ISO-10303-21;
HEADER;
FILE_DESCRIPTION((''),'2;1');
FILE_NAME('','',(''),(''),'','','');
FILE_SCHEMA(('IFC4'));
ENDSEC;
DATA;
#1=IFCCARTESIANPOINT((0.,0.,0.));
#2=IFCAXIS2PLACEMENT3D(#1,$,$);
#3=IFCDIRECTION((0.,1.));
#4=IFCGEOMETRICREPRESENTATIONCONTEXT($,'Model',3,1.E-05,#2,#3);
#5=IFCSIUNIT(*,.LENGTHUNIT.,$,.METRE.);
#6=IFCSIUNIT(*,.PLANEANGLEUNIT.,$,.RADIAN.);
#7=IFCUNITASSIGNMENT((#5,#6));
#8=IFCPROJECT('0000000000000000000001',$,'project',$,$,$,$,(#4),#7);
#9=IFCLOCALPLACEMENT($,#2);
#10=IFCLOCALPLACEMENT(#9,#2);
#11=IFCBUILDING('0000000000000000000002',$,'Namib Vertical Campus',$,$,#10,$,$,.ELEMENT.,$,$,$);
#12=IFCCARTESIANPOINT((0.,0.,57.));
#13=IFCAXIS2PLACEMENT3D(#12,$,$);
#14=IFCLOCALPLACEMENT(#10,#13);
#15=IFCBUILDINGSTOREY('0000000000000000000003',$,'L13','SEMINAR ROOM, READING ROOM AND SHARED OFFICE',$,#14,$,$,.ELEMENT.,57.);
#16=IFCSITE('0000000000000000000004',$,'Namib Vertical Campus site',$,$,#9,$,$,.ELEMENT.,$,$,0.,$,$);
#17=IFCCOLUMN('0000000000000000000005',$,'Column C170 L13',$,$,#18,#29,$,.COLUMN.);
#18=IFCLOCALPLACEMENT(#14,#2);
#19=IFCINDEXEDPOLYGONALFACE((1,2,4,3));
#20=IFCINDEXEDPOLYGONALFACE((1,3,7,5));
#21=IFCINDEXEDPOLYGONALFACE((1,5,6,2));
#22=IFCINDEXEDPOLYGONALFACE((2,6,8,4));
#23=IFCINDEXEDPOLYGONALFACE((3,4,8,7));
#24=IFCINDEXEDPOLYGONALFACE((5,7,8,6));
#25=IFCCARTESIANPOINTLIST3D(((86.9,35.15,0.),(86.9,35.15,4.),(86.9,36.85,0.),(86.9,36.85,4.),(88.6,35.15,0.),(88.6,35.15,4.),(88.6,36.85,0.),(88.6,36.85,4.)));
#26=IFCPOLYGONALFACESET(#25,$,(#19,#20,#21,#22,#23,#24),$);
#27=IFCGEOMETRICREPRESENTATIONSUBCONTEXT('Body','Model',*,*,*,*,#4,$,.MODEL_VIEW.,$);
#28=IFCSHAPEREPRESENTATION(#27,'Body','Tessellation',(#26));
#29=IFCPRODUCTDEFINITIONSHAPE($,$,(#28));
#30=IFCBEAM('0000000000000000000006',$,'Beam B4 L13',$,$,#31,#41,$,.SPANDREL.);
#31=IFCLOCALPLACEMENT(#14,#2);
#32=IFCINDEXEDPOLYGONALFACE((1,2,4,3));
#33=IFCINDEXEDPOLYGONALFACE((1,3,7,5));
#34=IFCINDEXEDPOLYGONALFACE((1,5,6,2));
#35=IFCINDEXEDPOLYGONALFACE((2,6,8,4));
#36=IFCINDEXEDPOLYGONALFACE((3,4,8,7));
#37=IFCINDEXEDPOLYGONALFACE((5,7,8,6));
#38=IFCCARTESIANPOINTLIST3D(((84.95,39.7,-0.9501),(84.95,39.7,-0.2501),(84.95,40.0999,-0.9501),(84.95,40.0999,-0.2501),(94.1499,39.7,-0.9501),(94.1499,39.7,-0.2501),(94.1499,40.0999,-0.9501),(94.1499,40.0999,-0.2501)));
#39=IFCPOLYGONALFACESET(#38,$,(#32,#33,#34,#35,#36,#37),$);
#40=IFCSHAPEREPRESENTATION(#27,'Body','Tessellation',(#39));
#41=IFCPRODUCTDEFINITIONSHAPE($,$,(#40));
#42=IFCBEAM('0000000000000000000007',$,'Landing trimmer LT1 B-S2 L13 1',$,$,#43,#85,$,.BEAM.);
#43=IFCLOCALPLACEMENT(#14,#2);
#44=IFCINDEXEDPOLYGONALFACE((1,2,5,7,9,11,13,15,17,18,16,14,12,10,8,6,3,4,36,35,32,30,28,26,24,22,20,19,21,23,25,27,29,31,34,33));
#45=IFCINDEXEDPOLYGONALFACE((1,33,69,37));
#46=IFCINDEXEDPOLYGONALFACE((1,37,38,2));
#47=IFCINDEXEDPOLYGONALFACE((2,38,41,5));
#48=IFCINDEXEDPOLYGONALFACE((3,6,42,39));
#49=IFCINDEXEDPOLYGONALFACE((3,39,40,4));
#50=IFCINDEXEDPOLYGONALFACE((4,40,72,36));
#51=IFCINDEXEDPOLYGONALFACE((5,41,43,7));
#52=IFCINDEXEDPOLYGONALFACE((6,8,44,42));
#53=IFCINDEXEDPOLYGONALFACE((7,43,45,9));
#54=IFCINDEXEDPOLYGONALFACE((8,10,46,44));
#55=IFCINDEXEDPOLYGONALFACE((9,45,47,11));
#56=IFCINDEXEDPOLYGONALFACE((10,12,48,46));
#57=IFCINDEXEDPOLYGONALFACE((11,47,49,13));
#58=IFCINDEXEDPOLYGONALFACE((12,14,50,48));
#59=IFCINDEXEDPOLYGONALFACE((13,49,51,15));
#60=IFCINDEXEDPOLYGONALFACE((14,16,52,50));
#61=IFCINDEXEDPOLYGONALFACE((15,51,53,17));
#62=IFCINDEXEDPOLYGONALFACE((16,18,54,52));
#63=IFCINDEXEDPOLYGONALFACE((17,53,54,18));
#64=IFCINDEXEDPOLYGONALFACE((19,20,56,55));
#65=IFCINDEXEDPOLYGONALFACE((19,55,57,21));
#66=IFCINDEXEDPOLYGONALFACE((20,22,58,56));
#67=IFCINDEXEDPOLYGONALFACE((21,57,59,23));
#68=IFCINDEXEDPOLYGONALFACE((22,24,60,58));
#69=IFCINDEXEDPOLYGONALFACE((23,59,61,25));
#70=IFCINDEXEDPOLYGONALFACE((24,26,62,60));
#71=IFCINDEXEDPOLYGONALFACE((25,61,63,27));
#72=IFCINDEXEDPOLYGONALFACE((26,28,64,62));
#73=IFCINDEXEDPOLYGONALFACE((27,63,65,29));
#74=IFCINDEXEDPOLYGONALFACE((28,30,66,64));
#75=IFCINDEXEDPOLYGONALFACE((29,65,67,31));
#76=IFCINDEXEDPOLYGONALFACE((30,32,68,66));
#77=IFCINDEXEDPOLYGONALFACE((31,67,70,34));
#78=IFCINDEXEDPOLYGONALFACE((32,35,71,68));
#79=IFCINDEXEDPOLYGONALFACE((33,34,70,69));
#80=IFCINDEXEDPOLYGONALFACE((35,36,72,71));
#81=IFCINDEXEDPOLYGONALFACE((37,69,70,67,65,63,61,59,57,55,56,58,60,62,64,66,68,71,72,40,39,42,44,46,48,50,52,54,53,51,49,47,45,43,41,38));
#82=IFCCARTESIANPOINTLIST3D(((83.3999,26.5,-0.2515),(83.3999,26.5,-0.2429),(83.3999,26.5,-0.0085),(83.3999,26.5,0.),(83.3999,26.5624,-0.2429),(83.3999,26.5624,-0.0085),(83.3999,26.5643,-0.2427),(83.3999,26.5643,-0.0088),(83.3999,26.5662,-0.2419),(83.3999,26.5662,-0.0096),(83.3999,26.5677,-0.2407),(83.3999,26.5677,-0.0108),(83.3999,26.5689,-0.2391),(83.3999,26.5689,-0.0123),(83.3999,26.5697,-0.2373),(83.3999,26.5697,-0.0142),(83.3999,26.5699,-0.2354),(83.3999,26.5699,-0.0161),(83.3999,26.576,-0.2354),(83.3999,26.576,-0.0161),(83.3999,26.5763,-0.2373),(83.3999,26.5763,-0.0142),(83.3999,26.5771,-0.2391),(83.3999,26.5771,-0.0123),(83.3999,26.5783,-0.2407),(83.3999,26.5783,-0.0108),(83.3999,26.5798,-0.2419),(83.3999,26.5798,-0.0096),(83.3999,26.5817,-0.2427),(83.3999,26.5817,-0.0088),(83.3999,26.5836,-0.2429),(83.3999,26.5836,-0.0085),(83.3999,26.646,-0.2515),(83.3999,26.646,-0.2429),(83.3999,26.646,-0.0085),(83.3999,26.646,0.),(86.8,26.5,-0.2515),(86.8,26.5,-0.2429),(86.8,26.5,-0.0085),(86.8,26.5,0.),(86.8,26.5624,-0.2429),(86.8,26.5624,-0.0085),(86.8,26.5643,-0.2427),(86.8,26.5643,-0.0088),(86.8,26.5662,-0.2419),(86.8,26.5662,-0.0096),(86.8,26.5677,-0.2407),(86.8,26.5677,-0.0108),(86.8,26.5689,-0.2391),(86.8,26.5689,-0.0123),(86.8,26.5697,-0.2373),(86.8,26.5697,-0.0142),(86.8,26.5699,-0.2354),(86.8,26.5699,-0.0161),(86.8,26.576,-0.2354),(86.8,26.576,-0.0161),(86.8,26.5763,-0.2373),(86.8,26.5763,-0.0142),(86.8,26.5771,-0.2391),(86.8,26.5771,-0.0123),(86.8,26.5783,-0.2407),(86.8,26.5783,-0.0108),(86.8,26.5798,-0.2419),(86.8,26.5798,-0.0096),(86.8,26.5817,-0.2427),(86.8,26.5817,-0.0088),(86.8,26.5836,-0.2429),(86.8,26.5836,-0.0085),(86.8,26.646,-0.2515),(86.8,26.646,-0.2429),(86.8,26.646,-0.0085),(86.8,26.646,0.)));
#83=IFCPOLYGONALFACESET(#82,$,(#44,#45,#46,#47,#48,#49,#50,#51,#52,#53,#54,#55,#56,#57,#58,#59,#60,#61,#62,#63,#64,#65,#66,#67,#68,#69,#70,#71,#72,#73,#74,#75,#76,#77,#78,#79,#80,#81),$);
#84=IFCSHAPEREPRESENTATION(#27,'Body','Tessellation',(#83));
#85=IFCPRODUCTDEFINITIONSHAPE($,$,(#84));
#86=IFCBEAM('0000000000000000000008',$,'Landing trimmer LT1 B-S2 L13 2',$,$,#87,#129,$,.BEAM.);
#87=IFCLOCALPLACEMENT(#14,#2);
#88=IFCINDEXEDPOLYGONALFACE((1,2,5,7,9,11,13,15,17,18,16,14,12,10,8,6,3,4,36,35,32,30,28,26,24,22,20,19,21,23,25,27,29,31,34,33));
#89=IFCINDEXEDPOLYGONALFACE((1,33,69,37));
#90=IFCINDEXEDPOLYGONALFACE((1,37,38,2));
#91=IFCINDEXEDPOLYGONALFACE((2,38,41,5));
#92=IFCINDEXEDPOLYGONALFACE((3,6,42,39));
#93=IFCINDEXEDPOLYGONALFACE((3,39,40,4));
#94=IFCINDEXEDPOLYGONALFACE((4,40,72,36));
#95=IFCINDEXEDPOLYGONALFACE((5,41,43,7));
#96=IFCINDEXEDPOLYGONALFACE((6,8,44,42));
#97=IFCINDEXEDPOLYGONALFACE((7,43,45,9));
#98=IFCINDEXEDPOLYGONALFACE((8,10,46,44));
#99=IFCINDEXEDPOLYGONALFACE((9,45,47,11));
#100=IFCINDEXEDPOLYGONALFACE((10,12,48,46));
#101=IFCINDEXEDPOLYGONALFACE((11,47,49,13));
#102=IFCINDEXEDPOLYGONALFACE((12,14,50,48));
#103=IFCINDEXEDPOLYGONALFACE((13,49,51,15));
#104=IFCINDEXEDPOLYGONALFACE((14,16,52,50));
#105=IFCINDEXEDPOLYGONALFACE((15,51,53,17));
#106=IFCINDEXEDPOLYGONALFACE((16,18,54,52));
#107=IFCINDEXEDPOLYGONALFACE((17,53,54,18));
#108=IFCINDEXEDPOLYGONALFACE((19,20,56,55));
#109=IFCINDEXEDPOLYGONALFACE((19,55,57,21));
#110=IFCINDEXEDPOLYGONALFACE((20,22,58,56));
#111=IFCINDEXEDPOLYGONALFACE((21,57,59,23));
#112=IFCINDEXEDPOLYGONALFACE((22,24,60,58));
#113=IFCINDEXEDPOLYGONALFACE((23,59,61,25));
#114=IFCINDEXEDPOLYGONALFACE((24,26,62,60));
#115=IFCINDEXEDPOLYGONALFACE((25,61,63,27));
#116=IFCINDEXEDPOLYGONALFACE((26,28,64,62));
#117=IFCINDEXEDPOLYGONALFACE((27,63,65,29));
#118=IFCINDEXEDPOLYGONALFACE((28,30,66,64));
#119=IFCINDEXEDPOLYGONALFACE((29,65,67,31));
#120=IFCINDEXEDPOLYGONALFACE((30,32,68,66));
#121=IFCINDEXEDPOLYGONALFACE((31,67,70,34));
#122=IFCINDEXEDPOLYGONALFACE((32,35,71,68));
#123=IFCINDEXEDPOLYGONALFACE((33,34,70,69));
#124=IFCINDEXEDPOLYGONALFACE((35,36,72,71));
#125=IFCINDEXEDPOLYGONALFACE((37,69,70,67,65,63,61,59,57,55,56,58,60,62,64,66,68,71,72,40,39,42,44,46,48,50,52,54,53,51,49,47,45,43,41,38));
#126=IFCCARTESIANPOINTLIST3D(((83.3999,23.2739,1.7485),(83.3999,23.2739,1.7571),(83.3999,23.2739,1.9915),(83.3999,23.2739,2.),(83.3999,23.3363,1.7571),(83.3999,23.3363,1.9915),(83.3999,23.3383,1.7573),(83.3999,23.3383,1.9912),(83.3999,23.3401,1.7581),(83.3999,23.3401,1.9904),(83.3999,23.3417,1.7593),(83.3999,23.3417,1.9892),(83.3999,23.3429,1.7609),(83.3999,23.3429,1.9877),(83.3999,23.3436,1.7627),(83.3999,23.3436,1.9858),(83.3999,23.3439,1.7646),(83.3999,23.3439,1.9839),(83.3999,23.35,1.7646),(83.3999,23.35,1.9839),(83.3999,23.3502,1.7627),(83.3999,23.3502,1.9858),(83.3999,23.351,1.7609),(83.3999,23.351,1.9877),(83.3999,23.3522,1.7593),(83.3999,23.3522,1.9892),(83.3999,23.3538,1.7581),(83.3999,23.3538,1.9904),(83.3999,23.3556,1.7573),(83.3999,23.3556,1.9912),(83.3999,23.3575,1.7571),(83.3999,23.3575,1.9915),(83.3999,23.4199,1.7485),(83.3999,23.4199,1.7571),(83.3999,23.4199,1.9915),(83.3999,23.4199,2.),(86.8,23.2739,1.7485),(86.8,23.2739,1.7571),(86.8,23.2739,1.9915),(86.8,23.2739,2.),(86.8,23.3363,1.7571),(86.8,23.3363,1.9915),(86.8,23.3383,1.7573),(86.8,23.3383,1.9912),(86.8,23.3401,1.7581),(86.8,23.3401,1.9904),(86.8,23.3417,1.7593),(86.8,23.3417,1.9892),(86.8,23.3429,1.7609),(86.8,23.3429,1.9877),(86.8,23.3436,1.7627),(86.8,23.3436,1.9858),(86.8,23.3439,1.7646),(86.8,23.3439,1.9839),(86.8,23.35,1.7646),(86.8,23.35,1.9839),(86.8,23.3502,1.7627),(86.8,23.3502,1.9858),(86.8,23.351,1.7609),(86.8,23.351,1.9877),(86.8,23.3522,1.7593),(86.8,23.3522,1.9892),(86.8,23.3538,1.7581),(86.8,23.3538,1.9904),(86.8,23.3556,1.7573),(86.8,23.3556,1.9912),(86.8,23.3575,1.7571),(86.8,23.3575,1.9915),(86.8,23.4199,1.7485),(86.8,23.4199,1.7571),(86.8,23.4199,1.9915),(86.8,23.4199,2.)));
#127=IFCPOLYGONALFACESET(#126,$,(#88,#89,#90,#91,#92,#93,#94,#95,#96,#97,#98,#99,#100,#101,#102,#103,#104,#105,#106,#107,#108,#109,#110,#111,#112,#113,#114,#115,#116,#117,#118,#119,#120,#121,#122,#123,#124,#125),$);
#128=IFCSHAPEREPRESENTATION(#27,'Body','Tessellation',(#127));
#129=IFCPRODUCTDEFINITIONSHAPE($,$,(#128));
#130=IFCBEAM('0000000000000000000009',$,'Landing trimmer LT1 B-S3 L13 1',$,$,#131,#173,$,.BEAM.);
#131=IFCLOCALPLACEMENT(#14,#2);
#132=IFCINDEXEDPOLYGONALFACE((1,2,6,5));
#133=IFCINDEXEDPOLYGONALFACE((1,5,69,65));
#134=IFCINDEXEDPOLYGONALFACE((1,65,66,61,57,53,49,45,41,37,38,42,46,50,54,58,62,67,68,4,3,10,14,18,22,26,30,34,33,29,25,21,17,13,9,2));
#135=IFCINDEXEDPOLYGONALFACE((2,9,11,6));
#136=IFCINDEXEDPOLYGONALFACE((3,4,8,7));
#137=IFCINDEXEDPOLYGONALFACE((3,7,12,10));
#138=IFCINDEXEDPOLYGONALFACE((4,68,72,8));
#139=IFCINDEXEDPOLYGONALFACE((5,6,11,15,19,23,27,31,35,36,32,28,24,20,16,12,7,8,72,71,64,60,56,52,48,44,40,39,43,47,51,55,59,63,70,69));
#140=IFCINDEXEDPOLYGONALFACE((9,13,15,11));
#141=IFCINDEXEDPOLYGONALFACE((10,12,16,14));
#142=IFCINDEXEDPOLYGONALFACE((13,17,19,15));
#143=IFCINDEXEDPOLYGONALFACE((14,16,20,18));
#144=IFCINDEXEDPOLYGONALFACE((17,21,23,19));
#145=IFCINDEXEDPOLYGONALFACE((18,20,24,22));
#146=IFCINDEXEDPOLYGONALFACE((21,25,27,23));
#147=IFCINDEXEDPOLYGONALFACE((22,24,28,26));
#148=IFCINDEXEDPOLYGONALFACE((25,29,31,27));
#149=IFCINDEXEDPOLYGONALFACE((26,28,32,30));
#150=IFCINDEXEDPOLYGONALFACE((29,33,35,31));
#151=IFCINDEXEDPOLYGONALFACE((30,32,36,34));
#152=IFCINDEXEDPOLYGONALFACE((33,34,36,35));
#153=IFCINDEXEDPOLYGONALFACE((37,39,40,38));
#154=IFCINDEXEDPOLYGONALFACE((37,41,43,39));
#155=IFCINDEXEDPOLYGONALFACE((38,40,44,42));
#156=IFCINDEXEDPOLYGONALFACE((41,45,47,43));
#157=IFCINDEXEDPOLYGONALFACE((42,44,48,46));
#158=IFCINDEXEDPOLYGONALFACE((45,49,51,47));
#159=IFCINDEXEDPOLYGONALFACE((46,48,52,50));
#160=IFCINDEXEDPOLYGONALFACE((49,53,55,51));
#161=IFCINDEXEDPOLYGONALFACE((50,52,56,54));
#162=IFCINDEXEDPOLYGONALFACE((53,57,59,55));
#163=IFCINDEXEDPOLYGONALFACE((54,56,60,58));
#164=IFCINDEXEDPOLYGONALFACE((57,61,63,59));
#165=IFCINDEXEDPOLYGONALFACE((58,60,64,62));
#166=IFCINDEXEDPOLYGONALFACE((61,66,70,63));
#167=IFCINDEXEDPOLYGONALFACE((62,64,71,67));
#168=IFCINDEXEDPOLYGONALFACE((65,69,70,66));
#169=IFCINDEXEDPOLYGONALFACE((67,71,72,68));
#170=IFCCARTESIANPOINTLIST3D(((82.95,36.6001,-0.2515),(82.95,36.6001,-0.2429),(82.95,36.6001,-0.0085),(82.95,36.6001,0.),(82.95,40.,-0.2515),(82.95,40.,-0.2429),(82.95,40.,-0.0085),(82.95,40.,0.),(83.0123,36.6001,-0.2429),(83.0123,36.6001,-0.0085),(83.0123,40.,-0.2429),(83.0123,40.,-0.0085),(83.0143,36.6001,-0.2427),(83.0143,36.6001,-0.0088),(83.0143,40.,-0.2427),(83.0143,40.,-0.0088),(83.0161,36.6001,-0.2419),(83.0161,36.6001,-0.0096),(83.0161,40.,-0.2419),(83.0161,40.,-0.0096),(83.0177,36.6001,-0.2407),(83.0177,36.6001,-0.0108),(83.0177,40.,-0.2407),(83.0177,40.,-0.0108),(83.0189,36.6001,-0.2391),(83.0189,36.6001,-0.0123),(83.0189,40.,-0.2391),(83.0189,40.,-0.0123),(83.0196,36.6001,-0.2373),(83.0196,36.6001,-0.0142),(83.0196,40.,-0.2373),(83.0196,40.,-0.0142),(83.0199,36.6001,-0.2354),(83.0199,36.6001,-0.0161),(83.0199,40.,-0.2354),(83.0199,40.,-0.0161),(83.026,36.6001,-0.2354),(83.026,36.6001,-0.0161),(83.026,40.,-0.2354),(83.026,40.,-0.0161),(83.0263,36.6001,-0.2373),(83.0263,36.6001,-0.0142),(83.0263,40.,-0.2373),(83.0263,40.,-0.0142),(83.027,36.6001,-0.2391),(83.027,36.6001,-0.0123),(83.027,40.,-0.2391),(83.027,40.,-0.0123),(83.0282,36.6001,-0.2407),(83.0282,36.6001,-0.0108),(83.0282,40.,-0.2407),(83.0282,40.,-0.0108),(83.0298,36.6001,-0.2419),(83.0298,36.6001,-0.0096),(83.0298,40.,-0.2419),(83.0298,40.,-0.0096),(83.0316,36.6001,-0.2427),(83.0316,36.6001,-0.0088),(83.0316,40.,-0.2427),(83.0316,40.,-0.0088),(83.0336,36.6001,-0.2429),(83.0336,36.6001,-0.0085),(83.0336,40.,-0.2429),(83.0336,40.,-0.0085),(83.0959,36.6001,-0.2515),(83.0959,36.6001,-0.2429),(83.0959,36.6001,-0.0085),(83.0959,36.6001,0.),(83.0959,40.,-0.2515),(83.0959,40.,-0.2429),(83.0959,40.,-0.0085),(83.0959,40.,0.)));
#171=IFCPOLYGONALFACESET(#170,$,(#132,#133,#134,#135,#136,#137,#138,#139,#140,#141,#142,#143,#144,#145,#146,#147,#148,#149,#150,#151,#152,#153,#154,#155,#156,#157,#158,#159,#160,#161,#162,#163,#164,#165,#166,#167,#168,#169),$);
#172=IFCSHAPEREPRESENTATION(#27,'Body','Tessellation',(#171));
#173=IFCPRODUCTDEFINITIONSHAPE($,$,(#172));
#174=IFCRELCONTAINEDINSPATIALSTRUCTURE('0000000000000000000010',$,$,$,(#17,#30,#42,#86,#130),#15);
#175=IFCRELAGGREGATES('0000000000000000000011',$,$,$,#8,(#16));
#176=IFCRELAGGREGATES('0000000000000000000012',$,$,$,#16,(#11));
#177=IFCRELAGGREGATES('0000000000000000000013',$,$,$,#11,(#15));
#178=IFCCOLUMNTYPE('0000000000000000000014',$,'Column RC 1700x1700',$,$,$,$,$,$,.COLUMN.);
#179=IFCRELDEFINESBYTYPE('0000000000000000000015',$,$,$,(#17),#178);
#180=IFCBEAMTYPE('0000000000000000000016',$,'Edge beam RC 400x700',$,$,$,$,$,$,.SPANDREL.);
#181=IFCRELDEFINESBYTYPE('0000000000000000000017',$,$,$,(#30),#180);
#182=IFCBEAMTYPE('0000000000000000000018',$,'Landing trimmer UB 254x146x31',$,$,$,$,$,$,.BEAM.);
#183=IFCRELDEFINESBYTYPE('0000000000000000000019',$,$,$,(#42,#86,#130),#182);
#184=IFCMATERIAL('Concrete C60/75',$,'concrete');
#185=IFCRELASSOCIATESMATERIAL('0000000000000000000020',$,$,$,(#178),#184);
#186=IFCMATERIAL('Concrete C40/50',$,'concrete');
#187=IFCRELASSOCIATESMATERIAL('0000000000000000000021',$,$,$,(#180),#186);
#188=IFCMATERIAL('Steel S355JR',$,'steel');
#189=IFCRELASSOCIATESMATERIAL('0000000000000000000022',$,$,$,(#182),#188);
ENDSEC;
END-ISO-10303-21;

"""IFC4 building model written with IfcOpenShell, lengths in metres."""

from ifc_helpers import new_model, si_unit, direction, frame, origin, origin_2d, place, context, subcontext, project, spatial, rectangle, i_section, extrude, material, material_profile, profile_set, type_object, element, save


model = new_model("IFC4")

# Units and contexts
model_context = context("Model", 3, precision=1e-05, world=origin(), true_north=direction((0.0, 1.0)))
body_context = subcontext(model_context, "Body", "Model", "MODEL_VIEW")
ifc_project = project(units=[si_unit("LENGTHUNIT", "METRE"), si_unit("PLANEANGLEUNIT", "RADIAN")], contexts=[model_context])

# Site, building, storey
site_placement = place(None, origin())
site = spatial("IfcSite", under=ifc_project, at=site_placement, Name="Namib Vertical Campus site", CompositionType="ELEMENT", RefElevation=0.0)
building_placement = place(site_placement, origin())
building = spatial("IfcBuilding", under=site, at=building_placement, Name="Namib Vertical Campus", CompositionType="ELEMENT")
storey_placement = place(building_placement, frame((0.0, 0.0, 57.0)))
storey = spatial("IfcBuildingStorey", under=building, at=storey_placement, Name="L13", Description="SEMINAR ROOM, READING ROOM AND SHARED OFFICE", CompositionType="ELEMENT", Elevation=57.0)

# Column
ifc_material_1 = material(Name="Concrete C60/75", Category="concrete")
ifc_material_profile_1 = material_profile(ifc_material_1, rectangle(XDim=1.7, YDim=1.7, at=origin_2d()))
ifc_profile_set_1 = profile_set([ifc_material_profile_1], Name="Concrete C60/75")
column_type = type_object("IfcColumnType", Name="Column RC 1700x1700", PredefinedType="COLUMN", material=ifc_profile_set_1)
column_placement = place(storey_placement, frame((87.75, 36.0, 0.0), z_axis=(0.0, 0.0, 1.0), x_axis=(1.0, 0.0, 0.0)))
element("IfcColumn", 1, at=column_placement, inside=storey, type_object=column_type, Name="Column C170 L13", PredefinedType="COLUMN", context=body_context, shape_type="SweptSolid", body=[
    extrude(rectangle(XDim=1.7, YDim=1.7, at=origin_2d()), origin(), (0.0, 0.0, 1.0), 4.0),
])

# Beams
ifc_material_2 = material(Name="Concrete C40/50", Category="concrete")
ifc_material_profile_2 = material_profile(ifc_material_2, rectangle(XDim=0.3999, YDim=0.7, at=origin_2d()))
ifc_profile_set_2 = profile_set([ifc_material_profile_2], Name="Concrete C40/50")
beam_type_1 = type_object("IfcBeamType", Name="Edge beam RC 400x700", PredefinedType="SPANDREL", material=ifc_profile_set_2)
beam_1_placement = place(storey_placement, frame((84.95, 39.8999, -0.6001), z_axis=(1.0, 0.0, 0.0), x_axis=(0.0, 1.0, 0.0)))
element("IfcBeam", 2, at=beam_1_placement, inside=storey, type_object=beam_type_1, Name="Beam B4 L13", PredefinedType="SPANDREL", context=body_context, shape_type="SweptSolid", body=[
    extrude(rectangle(XDim=0.3999, YDim=0.7, at=origin_2d()), origin(), (0.0, 0.0, 1.0), 9.2),
])
ifc_material_3 = material(Name="Steel S355JR", Category="steel")
ifc_material_profile_3 = material_profile(ifc_material_3, i_section(OverallWidth=0.146, OverallDepth=0.2515, WebThickness=0.0061, FlangeThickness=0.0085, FilletRadius=0.0076, at=origin_2d()))
ifc_profile_set_3 = profile_set([ifc_material_profile_3], Name="Steel S355JR")
beam_type_2 = type_object("IfcBeamType", Name="Landing trimmer UB 254x146x31", PredefinedType="BEAM", material=ifc_profile_set_3)
for number, where, z_axis, x_axis, name in (
    (3, (83.3999, 26.573, -0.1257), (1.0, 0.0, 0.0), (0.0, 1.0, 0.0), "Landing trimmer LT1 B-S2 L13 1"),
    (4, (83.3999, 23.3469, 1.8743), (1.0, 0.0, 0.0), (0.0, 1.0, 0.0), "Landing trimmer LT1 B-S2 L13 2"),
):
    element("IfcBeam", number, at=place(storey_placement, frame(where, z_axis=z_axis, x_axis=x_axis)), inside=storey, type_object=beam_type_2, Name=name, PredefinedType="BEAM", context=body_context, shape_type="SweptSolid", body=[
        extrude(i_section(OverallWidth=0.146, OverallDepth=0.2515, WebThickness=0.0061, FlangeThickness=0.0085, FilletRadius=0.0076, at=origin_2d()), origin(), (0.0, 0.0, 1.0), 3.4001),
    ])
beam_2_placement = place(storey_placement, frame((83.0229, 36.6001, -0.1257), z_axis=(0.0, 1.0, 0.0), x_axis=(-1.0, 0.0, 0.0)))
element("IfcBeam", 5, at=beam_2_placement, inside=storey, type_object=beam_type_2, Name="Landing trimmer LT1 B-S3 L13 1", PredefinedType="BEAM", context=body_context, shape_type="SweptSolid", body=[
    extrude(i_section(OverallWidth=0.146, OverallDepth=0.2515, WebThickness=0.0061, FlangeThickness=0.0085, FilletRadius=0.0076, at=origin_2d()), origin(), (0.0, 0.0, 1.0), 3.3999),
])

save(model, "model.ifc")
